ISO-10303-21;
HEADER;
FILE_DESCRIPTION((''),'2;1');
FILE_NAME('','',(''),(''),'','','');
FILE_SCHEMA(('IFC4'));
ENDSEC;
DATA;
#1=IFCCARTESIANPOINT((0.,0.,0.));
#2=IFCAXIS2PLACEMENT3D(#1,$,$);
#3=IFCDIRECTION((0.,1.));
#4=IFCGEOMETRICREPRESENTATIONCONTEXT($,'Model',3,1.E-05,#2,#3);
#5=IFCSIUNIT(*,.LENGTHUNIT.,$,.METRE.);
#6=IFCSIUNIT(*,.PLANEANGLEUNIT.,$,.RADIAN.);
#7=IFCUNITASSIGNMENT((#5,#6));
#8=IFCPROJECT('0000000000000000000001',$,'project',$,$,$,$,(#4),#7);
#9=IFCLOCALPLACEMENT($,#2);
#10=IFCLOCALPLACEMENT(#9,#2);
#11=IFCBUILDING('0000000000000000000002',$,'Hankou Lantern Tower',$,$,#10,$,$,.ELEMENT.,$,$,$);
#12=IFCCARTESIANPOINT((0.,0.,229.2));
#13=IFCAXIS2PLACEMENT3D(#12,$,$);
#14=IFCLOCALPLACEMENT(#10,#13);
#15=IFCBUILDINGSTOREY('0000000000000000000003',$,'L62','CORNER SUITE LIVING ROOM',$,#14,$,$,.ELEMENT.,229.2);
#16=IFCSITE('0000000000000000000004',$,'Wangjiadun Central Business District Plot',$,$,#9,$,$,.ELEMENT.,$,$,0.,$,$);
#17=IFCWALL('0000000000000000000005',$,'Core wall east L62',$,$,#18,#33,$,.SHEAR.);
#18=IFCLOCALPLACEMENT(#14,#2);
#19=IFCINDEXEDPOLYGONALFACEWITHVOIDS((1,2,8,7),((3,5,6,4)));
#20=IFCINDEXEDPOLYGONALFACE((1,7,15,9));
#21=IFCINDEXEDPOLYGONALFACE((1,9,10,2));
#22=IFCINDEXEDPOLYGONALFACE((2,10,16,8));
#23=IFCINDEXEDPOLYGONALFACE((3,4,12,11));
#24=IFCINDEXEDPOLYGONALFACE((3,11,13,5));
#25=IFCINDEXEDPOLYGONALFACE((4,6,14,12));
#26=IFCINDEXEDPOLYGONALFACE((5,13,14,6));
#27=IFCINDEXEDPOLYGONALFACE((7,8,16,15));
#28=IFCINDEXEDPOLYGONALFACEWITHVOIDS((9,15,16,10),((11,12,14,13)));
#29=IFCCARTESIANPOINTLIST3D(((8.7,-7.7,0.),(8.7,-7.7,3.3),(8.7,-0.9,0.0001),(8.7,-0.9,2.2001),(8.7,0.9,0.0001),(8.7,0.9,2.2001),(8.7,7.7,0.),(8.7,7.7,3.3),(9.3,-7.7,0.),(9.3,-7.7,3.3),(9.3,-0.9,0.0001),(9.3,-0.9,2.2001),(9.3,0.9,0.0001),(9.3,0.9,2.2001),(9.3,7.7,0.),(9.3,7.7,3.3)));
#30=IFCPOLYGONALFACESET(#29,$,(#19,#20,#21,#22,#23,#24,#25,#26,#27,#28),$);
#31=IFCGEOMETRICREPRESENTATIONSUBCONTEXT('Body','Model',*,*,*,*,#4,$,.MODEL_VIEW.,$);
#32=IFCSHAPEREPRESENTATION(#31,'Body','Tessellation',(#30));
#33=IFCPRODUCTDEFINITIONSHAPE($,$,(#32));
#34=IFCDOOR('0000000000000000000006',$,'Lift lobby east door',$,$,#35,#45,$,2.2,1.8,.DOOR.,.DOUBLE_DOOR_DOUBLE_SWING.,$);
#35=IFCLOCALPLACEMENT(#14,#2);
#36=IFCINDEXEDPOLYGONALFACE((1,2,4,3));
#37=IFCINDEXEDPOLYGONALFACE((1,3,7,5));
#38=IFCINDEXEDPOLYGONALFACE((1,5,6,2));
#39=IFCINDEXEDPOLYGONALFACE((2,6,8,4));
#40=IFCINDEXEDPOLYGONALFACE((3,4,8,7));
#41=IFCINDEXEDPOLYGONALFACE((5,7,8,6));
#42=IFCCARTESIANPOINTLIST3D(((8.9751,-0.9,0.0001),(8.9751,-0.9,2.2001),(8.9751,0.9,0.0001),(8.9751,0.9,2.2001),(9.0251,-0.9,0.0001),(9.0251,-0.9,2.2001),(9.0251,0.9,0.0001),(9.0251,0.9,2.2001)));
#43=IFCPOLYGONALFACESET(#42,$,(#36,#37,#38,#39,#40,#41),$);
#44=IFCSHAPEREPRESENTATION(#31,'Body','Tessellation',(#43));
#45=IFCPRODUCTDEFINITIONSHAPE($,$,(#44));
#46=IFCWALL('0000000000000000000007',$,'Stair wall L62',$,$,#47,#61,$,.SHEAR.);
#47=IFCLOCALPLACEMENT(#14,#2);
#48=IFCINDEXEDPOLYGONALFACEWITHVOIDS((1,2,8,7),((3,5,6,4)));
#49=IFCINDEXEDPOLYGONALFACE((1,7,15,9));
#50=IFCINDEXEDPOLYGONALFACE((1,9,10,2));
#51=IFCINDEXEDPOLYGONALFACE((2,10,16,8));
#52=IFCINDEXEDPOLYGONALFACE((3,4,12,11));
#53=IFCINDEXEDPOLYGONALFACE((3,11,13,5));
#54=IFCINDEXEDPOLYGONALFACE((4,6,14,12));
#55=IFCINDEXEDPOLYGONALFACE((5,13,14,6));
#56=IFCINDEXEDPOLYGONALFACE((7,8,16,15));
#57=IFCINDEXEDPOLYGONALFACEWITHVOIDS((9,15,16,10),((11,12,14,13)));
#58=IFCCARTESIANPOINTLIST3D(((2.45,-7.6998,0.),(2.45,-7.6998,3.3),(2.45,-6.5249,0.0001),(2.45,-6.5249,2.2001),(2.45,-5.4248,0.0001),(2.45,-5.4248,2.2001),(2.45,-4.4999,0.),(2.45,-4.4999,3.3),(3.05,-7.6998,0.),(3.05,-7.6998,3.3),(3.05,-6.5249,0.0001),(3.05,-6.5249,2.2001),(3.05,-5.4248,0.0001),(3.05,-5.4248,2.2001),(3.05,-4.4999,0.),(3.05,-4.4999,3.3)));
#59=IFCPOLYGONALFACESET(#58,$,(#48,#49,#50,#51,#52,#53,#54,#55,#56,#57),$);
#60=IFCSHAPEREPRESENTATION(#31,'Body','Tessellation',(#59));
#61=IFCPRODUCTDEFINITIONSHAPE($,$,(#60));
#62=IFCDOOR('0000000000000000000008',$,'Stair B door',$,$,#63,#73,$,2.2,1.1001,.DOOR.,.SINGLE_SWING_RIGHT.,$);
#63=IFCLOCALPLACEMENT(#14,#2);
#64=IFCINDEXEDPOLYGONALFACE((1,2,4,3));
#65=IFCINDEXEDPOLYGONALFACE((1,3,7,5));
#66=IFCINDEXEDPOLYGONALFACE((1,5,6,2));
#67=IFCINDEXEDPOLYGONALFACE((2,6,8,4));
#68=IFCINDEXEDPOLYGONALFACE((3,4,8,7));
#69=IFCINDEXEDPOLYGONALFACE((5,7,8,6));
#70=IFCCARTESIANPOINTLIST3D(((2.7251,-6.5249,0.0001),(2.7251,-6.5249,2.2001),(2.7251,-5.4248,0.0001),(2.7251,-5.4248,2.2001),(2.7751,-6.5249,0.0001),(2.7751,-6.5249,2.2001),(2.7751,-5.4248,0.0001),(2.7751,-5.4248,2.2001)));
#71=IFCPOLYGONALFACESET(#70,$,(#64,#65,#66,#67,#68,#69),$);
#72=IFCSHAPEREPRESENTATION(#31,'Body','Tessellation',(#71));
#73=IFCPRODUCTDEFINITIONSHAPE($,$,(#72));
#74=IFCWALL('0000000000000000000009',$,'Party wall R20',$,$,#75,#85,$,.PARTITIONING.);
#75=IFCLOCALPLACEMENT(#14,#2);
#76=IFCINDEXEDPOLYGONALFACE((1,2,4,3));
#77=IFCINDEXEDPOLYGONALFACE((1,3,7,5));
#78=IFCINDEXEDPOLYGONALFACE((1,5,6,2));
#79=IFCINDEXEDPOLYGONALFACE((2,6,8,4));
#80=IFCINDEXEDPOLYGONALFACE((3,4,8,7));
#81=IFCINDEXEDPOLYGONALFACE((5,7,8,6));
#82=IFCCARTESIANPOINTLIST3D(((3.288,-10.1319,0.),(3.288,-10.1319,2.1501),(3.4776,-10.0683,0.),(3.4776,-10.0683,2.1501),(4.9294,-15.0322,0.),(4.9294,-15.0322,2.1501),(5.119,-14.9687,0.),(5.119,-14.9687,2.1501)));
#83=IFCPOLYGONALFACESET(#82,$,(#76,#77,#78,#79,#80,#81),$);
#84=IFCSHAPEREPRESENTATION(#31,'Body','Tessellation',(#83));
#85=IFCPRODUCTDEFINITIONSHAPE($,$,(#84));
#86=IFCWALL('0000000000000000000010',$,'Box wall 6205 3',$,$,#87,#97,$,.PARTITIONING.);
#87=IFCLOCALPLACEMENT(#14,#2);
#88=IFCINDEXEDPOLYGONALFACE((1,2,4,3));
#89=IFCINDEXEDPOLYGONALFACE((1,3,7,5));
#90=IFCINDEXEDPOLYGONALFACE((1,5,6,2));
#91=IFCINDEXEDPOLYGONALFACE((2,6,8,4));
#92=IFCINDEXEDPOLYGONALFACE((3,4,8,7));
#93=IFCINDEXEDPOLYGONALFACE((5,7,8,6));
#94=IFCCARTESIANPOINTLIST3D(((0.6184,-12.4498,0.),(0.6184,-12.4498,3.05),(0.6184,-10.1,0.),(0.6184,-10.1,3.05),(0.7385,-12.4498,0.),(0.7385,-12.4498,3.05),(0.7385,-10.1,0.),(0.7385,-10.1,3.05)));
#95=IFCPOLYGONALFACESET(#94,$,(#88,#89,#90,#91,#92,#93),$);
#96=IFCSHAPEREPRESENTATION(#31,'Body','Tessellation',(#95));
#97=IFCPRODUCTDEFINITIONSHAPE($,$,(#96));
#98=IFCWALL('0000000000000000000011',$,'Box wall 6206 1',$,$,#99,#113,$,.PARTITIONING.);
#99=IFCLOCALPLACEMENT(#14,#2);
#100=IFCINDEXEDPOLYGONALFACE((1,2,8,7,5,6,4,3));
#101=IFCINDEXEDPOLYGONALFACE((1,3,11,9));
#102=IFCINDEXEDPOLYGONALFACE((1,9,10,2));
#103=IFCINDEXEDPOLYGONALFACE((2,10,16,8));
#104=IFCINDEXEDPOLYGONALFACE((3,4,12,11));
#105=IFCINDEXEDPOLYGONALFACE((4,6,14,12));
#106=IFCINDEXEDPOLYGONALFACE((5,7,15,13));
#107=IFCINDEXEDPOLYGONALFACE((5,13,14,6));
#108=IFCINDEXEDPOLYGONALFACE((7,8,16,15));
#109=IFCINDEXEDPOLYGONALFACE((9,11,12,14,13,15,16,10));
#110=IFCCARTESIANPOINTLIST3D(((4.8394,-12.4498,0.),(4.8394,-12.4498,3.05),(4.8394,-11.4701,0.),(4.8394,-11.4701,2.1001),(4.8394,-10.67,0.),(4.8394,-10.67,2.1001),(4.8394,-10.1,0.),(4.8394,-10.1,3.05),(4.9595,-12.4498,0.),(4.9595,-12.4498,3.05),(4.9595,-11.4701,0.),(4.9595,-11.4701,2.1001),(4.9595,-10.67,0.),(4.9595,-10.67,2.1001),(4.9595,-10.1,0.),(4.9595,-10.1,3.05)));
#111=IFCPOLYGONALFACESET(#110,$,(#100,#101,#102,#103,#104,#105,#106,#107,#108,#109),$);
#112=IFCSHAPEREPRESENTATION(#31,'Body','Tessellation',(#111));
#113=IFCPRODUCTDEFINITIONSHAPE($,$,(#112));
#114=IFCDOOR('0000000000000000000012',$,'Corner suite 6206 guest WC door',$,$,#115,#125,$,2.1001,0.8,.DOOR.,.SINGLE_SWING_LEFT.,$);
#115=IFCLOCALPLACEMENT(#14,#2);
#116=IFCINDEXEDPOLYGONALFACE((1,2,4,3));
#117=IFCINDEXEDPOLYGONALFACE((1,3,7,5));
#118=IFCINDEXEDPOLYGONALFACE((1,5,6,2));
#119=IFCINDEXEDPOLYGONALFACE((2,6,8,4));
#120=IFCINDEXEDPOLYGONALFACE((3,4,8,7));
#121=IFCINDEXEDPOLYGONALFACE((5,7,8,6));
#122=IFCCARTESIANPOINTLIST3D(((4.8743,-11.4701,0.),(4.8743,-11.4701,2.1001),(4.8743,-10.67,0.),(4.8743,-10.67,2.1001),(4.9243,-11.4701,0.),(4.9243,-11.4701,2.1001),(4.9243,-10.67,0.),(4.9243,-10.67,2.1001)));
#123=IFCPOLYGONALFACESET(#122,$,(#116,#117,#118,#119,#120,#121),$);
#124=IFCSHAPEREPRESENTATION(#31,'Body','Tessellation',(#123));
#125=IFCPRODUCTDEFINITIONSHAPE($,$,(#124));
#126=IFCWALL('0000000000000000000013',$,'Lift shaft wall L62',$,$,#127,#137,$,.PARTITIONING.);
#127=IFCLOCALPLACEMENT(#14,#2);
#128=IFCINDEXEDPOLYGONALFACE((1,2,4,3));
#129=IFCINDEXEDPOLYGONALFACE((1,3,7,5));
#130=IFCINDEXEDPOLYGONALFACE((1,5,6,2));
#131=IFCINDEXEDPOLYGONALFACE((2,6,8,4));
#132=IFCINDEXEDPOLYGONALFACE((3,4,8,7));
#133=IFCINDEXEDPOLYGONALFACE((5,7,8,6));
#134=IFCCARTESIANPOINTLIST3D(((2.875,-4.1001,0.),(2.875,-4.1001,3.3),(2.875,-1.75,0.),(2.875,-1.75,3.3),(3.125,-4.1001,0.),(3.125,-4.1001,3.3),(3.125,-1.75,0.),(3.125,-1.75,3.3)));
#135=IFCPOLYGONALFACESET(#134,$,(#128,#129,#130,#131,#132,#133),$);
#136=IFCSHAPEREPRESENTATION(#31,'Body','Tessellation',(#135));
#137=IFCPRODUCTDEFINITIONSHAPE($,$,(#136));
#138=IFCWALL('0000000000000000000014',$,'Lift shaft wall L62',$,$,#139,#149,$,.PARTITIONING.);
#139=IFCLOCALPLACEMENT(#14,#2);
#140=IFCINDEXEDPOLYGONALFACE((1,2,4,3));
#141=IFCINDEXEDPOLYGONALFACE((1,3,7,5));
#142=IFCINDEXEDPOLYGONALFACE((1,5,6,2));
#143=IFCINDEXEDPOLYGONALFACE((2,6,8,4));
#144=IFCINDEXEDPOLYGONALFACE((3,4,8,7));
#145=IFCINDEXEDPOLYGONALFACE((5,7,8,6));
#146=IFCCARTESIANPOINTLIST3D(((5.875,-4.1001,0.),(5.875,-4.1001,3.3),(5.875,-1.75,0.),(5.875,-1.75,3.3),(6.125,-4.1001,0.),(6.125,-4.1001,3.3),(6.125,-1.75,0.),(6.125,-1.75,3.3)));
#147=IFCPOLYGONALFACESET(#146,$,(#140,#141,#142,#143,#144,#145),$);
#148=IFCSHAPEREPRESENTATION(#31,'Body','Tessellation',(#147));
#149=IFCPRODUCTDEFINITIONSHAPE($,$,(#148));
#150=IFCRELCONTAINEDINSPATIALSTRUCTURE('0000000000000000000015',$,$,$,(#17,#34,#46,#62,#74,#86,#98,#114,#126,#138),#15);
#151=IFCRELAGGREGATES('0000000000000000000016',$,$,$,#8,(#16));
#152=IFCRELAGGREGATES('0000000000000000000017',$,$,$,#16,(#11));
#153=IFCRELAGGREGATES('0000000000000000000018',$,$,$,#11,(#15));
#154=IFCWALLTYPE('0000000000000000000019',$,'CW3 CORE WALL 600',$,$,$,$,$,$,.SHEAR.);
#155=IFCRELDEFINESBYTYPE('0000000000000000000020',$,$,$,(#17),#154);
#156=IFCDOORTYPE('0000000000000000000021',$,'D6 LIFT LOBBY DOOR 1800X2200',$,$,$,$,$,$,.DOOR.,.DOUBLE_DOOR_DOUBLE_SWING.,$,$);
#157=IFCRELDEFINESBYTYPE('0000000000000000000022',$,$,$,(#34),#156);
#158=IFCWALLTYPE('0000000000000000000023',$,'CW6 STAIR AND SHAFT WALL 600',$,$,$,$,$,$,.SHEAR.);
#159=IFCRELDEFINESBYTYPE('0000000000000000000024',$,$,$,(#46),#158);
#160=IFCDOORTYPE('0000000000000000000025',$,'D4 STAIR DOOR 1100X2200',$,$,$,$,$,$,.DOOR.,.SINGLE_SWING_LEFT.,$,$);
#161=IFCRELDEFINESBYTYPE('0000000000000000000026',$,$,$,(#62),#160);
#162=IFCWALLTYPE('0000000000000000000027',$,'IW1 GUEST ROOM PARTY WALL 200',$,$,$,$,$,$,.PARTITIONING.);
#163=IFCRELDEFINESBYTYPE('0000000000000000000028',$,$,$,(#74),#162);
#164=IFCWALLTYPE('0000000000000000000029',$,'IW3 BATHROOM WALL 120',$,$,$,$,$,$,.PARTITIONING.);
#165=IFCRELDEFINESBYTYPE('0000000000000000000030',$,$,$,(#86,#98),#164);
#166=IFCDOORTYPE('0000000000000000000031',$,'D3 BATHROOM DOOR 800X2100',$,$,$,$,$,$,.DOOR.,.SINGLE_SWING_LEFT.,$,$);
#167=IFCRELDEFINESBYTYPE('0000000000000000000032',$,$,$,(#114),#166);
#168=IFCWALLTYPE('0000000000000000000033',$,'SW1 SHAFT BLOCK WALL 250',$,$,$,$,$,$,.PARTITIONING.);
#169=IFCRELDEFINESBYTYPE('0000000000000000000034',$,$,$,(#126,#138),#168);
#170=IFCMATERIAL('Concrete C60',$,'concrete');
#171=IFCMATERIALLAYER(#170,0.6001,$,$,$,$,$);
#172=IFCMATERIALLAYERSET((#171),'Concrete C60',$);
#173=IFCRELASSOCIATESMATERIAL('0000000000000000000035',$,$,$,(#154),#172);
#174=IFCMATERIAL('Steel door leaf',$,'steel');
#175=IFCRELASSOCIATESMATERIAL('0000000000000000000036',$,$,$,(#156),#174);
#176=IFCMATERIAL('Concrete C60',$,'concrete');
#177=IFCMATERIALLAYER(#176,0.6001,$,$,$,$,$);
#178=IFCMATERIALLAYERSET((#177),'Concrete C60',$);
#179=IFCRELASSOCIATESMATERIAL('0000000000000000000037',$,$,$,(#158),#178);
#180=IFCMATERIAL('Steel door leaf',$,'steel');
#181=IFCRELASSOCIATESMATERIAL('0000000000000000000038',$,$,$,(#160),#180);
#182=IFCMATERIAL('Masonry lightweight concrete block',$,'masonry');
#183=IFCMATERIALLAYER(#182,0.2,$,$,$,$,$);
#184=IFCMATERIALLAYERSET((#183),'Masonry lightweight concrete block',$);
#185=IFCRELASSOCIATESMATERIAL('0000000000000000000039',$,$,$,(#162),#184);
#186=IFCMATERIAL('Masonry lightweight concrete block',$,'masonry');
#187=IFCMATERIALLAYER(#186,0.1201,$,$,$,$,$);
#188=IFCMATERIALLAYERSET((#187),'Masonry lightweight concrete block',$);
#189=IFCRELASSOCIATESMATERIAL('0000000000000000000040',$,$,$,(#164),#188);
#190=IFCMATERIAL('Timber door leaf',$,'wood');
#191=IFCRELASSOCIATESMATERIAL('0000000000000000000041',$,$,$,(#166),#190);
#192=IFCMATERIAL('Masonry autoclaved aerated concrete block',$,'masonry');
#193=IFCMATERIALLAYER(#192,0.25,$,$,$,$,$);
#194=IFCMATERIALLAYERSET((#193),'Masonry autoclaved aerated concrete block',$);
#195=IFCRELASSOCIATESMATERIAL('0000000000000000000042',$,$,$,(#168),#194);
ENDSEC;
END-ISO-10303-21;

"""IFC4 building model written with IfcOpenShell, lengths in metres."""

from ifc_helpers import new_model, si_unit, direction, frame, frame_2d, origin, place, context, subcontext, project, spatial, rectangle, extrude, material, layer, layer_set, type_object, element, fill, save


model = new_model("IFC4")

# Units and contexts
model_context = context("Model", 3, precision=1e-05, world=origin(), true_north=direction((0.0, 1.0)))
body_context = subcontext(model_context, "Body", "Model", "MODEL_VIEW")
ifc_project = project(units=[si_unit("LENGTHUNIT", "METRE"), si_unit("PLANEANGLEUNIT", "RADIAN")], contexts=[model_context])

# Site, building, storey
site_placement = place(None, origin())
site = spatial("IfcSite", under=ifc_project, at=site_placement, Name="Wangjiadun Central Business District Plot", CompositionType="ELEMENT", RefElevation=0.0)
building_placement = place(site_placement, origin())
building = spatial("IfcBuilding", under=site, at=building_placement, Name="Hankou Lantern Tower", CompositionType="ELEMENT")
storey_placement = place(building_placement, frame((0.0, 0.0, 229.2)))
storey = spatial("IfcBuildingStorey", under=building, at=storey_placement, Name="L62", Description="CORNER SUITE LIVING ROOM", CompositionType="ELEMENT", Elevation=229.2)

# Shared definitions
ifc_material_1 = material(Name="Concrete C60", Category="concrete")
ifc_layer_1 = layer(ifc_material_1, 0.6001)
ifc_layer_set_1 = layer_set([ifc_layer_1], Name="Concrete C60")
wall_type_1 = type_object("IfcWallType", Name="CW3 CORE WALL 600", PredefinedType="SHEAR", material=ifc_layer_set_1)

# Walls, openings, doors
wall_1_placement = place(storey_placement, frame((9.0, -7.7, 0.0), z_axis=(0.0, 0.0, 1.0), x_axis=(0.0, 1.0, 0.0)))
wall_1 = element("IfcWall", 1, at=wall_1_placement, inside=storey, type_object=wall_type_1, Name="Core wall east L62", PredefinedType="SHEAR", context=body_context, shape_type="SweptSolid", body=[
    extrude(rectangle(XDim=15.3999, YDim=0.6001, at=frame_2d((7.7, 0.0))), origin(), (0.0, 0.0, 1.0), 3.3),
])
opening_1_placement = place(wall_1_placement, frame((6.8, 0.0, 0.0)))
opening_1 = element("IfcOpeningElement", 2, at=opening_1_placement, cuts=wall_1, PredefinedType="OPENING", context=body_context, shape_type="SweptSolid", body=[
    extrude(rectangle(XDim=1.8, YDim=2.2, at=frame_2d((0.8999, 1.1001))), frame((0.0, 0.3101, 0.0), z_axis=(0.0, -1.0, 0.0), x_axis=(1.0, 0.0, 0.0)), (0.0, 0.0, 1.0), 0.6201),
])
ifc_material_2 = material(Name="Steel door leaf", Category="steel")
door_type_1 = type_object("IfcDoorType", Name="D6 LIFT LOBBY DOOR 1800X2200", OperationType="DOUBLE_DOOR_DOUBLE_SWING", PredefinedType="DOOR", material=ifc_material_2)
door_1_placement = place(opening_1_placement, origin())
door_1 = element("IfcDoor", 3, at=door_1_placement, inside=storey, type_object=door_type_1, Name="Lift lobby east door", OperationType="DOUBLE_DOOR_DOUBLE_SWING", OverallHeight=2.2, OverallWidth=1.8, PredefinedType="DOOR", context=body_context, shape_type="SweptSolid", body=[
    extrude(rectangle(XDim=1.8, YDim=2.2, at=frame_2d((0.8999, 1.1001))), frame((0.0, 0.0249, 0.0), z_axis=(0.0, -1.0, 0.0), x_axis=(1.0, 0.0, 0.0)), (0.0, 0.0, 1.0), 0.05),
])
fill(opening_1, door_1)
ifc_material_3 = material(Name="Concrete C60", Category="concrete")
ifc_layer_2 = layer(ifc_material_3, 0.6001)
ifc_layer_set_2 = layer_set([ifc_layer_2], Name="Concrete C60")
wall_type_2 = type_object("IfcWallType", Name="CW6 STAIR AND SHAFT WALL 600", PredefinedType="SHEAR", material=ifc_layer_set_2)
wall_2_placement = place(storey_placement, frame((2.75, -7.7, 0.0), z_axis=(0.0, 0.0, 1.0), x_axis=(0.0, 1.0, 0.0)))
wall_2 = element("IfcWall", 4, at=wall_2_placement, inside=storey, type_object=wall_type_2, Name="Stair wall L62", PredefinedType="SHEAR", context=body_context, shape_type="SweptSolid", body=[
    extrude(rectangle(XDim=3.2, YDim=0.6001, at=frame_2d((1.6001, 0.0))), origin(), (0.0, 0.0, 1.0), 3.3),
])
opening_2_placement = place(wall_2_placement, frame((1.175, 0.0, 0.0)))
opening_2 = element("IfcOpeningElement", 5, at=opening_2_placement, cuts=wall_2, PredefinedType="OPENING", context=body_context, shape_type="SweptSolid", body=[
    extrude(rectangle(XDim=1.1001, YDim=2.2, at=frame_2d((0.55, 1.1001))), frame((0.0, 0.3101, 0.0), z_axis=(0.0, -1.0, 0.0), x_axis=(1.0, 0.0, 0.0)), (0.0, 0.0, 1.0), 0.6201),
])
ifc_material_4 = material(Name="Steel door leaf", Category="steel")
door_type_2 = type_object("IfcDoorType", Name="D4 STAIR DOOR 1100X2200", OperationType="SINGLE_SWING_LEFT", PredefinedType="DOOR", material=ifc_material_4)
door_2_placement = place(opening_2_placement, origin())
door_2 = element("IfcDoor", 6, at=door_2_placement, inside=storey, type_object=door_type_2, Name="Stair B door", OperationType="SINGLE_SWING_RIGHT", OverallHeight=2.2, OverallWidth=1.1001, PredefinedType="DOOR", context=body_context, shape_type="SweptSolid", body=[
    extrude(rectangle(XDim=1.1001, YDim=2.2, at=frame_2d((0.55, 1.1001))), frame((0.0, 0.0249, 0.0), z_axis=(0.0, -1.0, 0.0), x_axis=(1.0, 0.0, 0.0)), (0.0, 0.0, 1.0), 0.05),
])
fill(opening_2, door_2)

# Walls
ifc_material_5 = material(Name="Masonry lightweight concrete block", Category="masonry")
ifc_layer_3 = layer(ifc_material_5, 0.2)
ifc_layer_set_3 = layer_set([ifc_layer_3], Name="Masonry lightweight concrete block")
wall_type_3 = type_object("IfcWallType", Name="IW1 GUEST ROOM PARTY WALL 200", PredefinedType="PARTITIONING", material=ifc_layer_set_3)
wall_3_placement = place(storey_placement, frame((3.3828, -10.1001, 0.0), z_axis=(0.0, 0.0, 1.0), x_axis=(0.317602, -0.948224, 0.0)))
element("IfcWall", 7, at=wall_3_placement, inside=storey, type_object=wall_type_3, Name="Party wall R20", PredefinedType="PARTITIONING", context=body_context, shape_type="SweptSolid", body=[
    extrude(rectangle(XDim=5.168, YDim=0.2, at=frame_2d((2.584, 0.0))), origin(), (0.0, 0.0, 1.0), 2.1501),
])
ifc_material_6 = material(Name="Masonry lightweight concrete block", Category="masonry")
ifc_layer_4 = layer(ifc_material_6, 0.1201)
ifc_layer_set_4 = layer_set([ifc_layer_4], Name="Masonry lightweight concrete block")
wall_type_4 = type_object("IfcWallType", Name="IW3 BATHROOM WALL 120", PredefinedType="PARTITIONING", material=ifc_layer_set_4)
wall_4_placement = place(storey_placement, frame((0.6785, -10.1001, 0.0), z_axis=(0.0, 0.0, 1.0), x_axis=(0.0, -1.0, 0.0)))
element("IfcWall", 8, at=wall_4_placement, inside=storey, type_object=wall_type_4, Name="Box wall 6205 3", PredefinedType="PARTITIONING", context=body_context, shape_type="SweptSolid", body=[
    extrude(rectangle(XDim=2.3499, YDim=0.1201, at=frame_2d((1.1748, 0.0))), origin(), (0.0, 0.0, 1.0), 3.05),
])

# Wall, opening, door
wall_5_placement = place(storey_placement, frame((4.8994, -10.1001, 0.0), z_axis=(0.0, 0.0, 1.0), x_axis=(0.0, -1.0, 0.0)))
wall_5 = element("IfcWall", 9, at=wall_5_placement, inside=storey, type_object=wall_type_4, Name="Box wall 6206 1", PredefinedType="PARTITIONING", context=body_context, shape_type="SweptSolid", body=[
    extrude(rectangle(XDim=2.3499, YDim=0.1201, at=frame_2d((1.1748, 0.0))), origin(), (0.0, 0.0, 1.0), 3.05),
])
opening_3_placement = place(wall_5_placement, frame((0.5701, 0.0, 0.0)))
opening_3 = element("IfcOpeningElement", 10, at=opening_3_placement, cuts=wall_5, PredefinedType="OPENING", context=body_context, shape_type="SweptSolid", body=[
    extrude(rectangle(XDim=0.8, YDim=2.1001, at=frame_2d((0.3999, 1.05))), frame((0.0, 0.0701, 0.0), z_axis=(0.0, -1.0, 0.0), x_axis=(1.0, 0.0, 0.0)), (0.0, 0.0, 1.0), 0.1401),
])
ifc_material_7 = material(Name="Timber door leaf", Category="wood")
door_type_3 = type_object("IfcDoorType", Name="D3 BATHROOM DOOR 800X2100", OperationType="SINGLE_SWING_LEFT", PredefinedType="DOOR", material=ifc_material_7)
door_3_placement = place(opening_3_placement, origin())
door_3 = element("IfcDoor", 11, at=door_3_placement, inside=storey, type_object=door_type_3, Name="Corner suite 6206 guest WC door", OperationType="SINGLE_SWING_LEFT", OverallHeight=2.1001, OverallWidth=0.8, PredefinedType="DOOR", context=body_context, shape_type="SweptSolid", body=[
    extrude(rectangle(XDim=0.8, YDim=2.1001, at=frame_2d((0.3999, 1.05))), frame((0.0, 0.0249, 0.0), z_axis=(0.0, -1.0, 0.0), x_axis=(1.0, 0.0, 0.0)), (0.0, 0.0, 1.0), 0.05),
])
fill(opening_3, door_3)

# Walls
ifc_material_8 = material(Name="Masonry autoclaved aerated concrete block", Category="masonry")
ifc_layer_5 = layer(ifc_material_8, 0.25)
ifc_layer_set_5 = layer_set([ifc_layer_5], Name="Masonry autoclaved aerated concrete block")
wall_type_5 = type_object("IfcWallType", Name="SW1 SHAFT BLOCK WALL 250", PredefinedType="PARTITIONING", material=ifc_layer_set_5)
for number, where, z_axis, x_axis, name in (
    (12, (3.0, -4.1001, 0.0), (0.0, 0.0, 1.0), (0.0, 1.0, 0.0), "Lift shaft wall L62"),
    (13, (6.0, -4.1001, 0.0), (0.0, 0.0, 1.0), (0.0, 1.0, 0.0), "Lift shaft wall L62"),
):
    element("IfcWall", number, at=place(storey_placement, frame(where, z_axis=z_axis, x_axis=x_axis)), inside=storey, type_object=wall_type_5, Name=name, PredefinedType="PARTITIONING", context=body_context, shape_type="SweptSolid", body=[
        extrude(rectangle(XDim=2.3501, YDim=0.25, at=frame_2d((1.175, 0.0))), origin(), (0.0, 0.0, 1.0), 3.3),
    ])

save(model, "model.ifc")
